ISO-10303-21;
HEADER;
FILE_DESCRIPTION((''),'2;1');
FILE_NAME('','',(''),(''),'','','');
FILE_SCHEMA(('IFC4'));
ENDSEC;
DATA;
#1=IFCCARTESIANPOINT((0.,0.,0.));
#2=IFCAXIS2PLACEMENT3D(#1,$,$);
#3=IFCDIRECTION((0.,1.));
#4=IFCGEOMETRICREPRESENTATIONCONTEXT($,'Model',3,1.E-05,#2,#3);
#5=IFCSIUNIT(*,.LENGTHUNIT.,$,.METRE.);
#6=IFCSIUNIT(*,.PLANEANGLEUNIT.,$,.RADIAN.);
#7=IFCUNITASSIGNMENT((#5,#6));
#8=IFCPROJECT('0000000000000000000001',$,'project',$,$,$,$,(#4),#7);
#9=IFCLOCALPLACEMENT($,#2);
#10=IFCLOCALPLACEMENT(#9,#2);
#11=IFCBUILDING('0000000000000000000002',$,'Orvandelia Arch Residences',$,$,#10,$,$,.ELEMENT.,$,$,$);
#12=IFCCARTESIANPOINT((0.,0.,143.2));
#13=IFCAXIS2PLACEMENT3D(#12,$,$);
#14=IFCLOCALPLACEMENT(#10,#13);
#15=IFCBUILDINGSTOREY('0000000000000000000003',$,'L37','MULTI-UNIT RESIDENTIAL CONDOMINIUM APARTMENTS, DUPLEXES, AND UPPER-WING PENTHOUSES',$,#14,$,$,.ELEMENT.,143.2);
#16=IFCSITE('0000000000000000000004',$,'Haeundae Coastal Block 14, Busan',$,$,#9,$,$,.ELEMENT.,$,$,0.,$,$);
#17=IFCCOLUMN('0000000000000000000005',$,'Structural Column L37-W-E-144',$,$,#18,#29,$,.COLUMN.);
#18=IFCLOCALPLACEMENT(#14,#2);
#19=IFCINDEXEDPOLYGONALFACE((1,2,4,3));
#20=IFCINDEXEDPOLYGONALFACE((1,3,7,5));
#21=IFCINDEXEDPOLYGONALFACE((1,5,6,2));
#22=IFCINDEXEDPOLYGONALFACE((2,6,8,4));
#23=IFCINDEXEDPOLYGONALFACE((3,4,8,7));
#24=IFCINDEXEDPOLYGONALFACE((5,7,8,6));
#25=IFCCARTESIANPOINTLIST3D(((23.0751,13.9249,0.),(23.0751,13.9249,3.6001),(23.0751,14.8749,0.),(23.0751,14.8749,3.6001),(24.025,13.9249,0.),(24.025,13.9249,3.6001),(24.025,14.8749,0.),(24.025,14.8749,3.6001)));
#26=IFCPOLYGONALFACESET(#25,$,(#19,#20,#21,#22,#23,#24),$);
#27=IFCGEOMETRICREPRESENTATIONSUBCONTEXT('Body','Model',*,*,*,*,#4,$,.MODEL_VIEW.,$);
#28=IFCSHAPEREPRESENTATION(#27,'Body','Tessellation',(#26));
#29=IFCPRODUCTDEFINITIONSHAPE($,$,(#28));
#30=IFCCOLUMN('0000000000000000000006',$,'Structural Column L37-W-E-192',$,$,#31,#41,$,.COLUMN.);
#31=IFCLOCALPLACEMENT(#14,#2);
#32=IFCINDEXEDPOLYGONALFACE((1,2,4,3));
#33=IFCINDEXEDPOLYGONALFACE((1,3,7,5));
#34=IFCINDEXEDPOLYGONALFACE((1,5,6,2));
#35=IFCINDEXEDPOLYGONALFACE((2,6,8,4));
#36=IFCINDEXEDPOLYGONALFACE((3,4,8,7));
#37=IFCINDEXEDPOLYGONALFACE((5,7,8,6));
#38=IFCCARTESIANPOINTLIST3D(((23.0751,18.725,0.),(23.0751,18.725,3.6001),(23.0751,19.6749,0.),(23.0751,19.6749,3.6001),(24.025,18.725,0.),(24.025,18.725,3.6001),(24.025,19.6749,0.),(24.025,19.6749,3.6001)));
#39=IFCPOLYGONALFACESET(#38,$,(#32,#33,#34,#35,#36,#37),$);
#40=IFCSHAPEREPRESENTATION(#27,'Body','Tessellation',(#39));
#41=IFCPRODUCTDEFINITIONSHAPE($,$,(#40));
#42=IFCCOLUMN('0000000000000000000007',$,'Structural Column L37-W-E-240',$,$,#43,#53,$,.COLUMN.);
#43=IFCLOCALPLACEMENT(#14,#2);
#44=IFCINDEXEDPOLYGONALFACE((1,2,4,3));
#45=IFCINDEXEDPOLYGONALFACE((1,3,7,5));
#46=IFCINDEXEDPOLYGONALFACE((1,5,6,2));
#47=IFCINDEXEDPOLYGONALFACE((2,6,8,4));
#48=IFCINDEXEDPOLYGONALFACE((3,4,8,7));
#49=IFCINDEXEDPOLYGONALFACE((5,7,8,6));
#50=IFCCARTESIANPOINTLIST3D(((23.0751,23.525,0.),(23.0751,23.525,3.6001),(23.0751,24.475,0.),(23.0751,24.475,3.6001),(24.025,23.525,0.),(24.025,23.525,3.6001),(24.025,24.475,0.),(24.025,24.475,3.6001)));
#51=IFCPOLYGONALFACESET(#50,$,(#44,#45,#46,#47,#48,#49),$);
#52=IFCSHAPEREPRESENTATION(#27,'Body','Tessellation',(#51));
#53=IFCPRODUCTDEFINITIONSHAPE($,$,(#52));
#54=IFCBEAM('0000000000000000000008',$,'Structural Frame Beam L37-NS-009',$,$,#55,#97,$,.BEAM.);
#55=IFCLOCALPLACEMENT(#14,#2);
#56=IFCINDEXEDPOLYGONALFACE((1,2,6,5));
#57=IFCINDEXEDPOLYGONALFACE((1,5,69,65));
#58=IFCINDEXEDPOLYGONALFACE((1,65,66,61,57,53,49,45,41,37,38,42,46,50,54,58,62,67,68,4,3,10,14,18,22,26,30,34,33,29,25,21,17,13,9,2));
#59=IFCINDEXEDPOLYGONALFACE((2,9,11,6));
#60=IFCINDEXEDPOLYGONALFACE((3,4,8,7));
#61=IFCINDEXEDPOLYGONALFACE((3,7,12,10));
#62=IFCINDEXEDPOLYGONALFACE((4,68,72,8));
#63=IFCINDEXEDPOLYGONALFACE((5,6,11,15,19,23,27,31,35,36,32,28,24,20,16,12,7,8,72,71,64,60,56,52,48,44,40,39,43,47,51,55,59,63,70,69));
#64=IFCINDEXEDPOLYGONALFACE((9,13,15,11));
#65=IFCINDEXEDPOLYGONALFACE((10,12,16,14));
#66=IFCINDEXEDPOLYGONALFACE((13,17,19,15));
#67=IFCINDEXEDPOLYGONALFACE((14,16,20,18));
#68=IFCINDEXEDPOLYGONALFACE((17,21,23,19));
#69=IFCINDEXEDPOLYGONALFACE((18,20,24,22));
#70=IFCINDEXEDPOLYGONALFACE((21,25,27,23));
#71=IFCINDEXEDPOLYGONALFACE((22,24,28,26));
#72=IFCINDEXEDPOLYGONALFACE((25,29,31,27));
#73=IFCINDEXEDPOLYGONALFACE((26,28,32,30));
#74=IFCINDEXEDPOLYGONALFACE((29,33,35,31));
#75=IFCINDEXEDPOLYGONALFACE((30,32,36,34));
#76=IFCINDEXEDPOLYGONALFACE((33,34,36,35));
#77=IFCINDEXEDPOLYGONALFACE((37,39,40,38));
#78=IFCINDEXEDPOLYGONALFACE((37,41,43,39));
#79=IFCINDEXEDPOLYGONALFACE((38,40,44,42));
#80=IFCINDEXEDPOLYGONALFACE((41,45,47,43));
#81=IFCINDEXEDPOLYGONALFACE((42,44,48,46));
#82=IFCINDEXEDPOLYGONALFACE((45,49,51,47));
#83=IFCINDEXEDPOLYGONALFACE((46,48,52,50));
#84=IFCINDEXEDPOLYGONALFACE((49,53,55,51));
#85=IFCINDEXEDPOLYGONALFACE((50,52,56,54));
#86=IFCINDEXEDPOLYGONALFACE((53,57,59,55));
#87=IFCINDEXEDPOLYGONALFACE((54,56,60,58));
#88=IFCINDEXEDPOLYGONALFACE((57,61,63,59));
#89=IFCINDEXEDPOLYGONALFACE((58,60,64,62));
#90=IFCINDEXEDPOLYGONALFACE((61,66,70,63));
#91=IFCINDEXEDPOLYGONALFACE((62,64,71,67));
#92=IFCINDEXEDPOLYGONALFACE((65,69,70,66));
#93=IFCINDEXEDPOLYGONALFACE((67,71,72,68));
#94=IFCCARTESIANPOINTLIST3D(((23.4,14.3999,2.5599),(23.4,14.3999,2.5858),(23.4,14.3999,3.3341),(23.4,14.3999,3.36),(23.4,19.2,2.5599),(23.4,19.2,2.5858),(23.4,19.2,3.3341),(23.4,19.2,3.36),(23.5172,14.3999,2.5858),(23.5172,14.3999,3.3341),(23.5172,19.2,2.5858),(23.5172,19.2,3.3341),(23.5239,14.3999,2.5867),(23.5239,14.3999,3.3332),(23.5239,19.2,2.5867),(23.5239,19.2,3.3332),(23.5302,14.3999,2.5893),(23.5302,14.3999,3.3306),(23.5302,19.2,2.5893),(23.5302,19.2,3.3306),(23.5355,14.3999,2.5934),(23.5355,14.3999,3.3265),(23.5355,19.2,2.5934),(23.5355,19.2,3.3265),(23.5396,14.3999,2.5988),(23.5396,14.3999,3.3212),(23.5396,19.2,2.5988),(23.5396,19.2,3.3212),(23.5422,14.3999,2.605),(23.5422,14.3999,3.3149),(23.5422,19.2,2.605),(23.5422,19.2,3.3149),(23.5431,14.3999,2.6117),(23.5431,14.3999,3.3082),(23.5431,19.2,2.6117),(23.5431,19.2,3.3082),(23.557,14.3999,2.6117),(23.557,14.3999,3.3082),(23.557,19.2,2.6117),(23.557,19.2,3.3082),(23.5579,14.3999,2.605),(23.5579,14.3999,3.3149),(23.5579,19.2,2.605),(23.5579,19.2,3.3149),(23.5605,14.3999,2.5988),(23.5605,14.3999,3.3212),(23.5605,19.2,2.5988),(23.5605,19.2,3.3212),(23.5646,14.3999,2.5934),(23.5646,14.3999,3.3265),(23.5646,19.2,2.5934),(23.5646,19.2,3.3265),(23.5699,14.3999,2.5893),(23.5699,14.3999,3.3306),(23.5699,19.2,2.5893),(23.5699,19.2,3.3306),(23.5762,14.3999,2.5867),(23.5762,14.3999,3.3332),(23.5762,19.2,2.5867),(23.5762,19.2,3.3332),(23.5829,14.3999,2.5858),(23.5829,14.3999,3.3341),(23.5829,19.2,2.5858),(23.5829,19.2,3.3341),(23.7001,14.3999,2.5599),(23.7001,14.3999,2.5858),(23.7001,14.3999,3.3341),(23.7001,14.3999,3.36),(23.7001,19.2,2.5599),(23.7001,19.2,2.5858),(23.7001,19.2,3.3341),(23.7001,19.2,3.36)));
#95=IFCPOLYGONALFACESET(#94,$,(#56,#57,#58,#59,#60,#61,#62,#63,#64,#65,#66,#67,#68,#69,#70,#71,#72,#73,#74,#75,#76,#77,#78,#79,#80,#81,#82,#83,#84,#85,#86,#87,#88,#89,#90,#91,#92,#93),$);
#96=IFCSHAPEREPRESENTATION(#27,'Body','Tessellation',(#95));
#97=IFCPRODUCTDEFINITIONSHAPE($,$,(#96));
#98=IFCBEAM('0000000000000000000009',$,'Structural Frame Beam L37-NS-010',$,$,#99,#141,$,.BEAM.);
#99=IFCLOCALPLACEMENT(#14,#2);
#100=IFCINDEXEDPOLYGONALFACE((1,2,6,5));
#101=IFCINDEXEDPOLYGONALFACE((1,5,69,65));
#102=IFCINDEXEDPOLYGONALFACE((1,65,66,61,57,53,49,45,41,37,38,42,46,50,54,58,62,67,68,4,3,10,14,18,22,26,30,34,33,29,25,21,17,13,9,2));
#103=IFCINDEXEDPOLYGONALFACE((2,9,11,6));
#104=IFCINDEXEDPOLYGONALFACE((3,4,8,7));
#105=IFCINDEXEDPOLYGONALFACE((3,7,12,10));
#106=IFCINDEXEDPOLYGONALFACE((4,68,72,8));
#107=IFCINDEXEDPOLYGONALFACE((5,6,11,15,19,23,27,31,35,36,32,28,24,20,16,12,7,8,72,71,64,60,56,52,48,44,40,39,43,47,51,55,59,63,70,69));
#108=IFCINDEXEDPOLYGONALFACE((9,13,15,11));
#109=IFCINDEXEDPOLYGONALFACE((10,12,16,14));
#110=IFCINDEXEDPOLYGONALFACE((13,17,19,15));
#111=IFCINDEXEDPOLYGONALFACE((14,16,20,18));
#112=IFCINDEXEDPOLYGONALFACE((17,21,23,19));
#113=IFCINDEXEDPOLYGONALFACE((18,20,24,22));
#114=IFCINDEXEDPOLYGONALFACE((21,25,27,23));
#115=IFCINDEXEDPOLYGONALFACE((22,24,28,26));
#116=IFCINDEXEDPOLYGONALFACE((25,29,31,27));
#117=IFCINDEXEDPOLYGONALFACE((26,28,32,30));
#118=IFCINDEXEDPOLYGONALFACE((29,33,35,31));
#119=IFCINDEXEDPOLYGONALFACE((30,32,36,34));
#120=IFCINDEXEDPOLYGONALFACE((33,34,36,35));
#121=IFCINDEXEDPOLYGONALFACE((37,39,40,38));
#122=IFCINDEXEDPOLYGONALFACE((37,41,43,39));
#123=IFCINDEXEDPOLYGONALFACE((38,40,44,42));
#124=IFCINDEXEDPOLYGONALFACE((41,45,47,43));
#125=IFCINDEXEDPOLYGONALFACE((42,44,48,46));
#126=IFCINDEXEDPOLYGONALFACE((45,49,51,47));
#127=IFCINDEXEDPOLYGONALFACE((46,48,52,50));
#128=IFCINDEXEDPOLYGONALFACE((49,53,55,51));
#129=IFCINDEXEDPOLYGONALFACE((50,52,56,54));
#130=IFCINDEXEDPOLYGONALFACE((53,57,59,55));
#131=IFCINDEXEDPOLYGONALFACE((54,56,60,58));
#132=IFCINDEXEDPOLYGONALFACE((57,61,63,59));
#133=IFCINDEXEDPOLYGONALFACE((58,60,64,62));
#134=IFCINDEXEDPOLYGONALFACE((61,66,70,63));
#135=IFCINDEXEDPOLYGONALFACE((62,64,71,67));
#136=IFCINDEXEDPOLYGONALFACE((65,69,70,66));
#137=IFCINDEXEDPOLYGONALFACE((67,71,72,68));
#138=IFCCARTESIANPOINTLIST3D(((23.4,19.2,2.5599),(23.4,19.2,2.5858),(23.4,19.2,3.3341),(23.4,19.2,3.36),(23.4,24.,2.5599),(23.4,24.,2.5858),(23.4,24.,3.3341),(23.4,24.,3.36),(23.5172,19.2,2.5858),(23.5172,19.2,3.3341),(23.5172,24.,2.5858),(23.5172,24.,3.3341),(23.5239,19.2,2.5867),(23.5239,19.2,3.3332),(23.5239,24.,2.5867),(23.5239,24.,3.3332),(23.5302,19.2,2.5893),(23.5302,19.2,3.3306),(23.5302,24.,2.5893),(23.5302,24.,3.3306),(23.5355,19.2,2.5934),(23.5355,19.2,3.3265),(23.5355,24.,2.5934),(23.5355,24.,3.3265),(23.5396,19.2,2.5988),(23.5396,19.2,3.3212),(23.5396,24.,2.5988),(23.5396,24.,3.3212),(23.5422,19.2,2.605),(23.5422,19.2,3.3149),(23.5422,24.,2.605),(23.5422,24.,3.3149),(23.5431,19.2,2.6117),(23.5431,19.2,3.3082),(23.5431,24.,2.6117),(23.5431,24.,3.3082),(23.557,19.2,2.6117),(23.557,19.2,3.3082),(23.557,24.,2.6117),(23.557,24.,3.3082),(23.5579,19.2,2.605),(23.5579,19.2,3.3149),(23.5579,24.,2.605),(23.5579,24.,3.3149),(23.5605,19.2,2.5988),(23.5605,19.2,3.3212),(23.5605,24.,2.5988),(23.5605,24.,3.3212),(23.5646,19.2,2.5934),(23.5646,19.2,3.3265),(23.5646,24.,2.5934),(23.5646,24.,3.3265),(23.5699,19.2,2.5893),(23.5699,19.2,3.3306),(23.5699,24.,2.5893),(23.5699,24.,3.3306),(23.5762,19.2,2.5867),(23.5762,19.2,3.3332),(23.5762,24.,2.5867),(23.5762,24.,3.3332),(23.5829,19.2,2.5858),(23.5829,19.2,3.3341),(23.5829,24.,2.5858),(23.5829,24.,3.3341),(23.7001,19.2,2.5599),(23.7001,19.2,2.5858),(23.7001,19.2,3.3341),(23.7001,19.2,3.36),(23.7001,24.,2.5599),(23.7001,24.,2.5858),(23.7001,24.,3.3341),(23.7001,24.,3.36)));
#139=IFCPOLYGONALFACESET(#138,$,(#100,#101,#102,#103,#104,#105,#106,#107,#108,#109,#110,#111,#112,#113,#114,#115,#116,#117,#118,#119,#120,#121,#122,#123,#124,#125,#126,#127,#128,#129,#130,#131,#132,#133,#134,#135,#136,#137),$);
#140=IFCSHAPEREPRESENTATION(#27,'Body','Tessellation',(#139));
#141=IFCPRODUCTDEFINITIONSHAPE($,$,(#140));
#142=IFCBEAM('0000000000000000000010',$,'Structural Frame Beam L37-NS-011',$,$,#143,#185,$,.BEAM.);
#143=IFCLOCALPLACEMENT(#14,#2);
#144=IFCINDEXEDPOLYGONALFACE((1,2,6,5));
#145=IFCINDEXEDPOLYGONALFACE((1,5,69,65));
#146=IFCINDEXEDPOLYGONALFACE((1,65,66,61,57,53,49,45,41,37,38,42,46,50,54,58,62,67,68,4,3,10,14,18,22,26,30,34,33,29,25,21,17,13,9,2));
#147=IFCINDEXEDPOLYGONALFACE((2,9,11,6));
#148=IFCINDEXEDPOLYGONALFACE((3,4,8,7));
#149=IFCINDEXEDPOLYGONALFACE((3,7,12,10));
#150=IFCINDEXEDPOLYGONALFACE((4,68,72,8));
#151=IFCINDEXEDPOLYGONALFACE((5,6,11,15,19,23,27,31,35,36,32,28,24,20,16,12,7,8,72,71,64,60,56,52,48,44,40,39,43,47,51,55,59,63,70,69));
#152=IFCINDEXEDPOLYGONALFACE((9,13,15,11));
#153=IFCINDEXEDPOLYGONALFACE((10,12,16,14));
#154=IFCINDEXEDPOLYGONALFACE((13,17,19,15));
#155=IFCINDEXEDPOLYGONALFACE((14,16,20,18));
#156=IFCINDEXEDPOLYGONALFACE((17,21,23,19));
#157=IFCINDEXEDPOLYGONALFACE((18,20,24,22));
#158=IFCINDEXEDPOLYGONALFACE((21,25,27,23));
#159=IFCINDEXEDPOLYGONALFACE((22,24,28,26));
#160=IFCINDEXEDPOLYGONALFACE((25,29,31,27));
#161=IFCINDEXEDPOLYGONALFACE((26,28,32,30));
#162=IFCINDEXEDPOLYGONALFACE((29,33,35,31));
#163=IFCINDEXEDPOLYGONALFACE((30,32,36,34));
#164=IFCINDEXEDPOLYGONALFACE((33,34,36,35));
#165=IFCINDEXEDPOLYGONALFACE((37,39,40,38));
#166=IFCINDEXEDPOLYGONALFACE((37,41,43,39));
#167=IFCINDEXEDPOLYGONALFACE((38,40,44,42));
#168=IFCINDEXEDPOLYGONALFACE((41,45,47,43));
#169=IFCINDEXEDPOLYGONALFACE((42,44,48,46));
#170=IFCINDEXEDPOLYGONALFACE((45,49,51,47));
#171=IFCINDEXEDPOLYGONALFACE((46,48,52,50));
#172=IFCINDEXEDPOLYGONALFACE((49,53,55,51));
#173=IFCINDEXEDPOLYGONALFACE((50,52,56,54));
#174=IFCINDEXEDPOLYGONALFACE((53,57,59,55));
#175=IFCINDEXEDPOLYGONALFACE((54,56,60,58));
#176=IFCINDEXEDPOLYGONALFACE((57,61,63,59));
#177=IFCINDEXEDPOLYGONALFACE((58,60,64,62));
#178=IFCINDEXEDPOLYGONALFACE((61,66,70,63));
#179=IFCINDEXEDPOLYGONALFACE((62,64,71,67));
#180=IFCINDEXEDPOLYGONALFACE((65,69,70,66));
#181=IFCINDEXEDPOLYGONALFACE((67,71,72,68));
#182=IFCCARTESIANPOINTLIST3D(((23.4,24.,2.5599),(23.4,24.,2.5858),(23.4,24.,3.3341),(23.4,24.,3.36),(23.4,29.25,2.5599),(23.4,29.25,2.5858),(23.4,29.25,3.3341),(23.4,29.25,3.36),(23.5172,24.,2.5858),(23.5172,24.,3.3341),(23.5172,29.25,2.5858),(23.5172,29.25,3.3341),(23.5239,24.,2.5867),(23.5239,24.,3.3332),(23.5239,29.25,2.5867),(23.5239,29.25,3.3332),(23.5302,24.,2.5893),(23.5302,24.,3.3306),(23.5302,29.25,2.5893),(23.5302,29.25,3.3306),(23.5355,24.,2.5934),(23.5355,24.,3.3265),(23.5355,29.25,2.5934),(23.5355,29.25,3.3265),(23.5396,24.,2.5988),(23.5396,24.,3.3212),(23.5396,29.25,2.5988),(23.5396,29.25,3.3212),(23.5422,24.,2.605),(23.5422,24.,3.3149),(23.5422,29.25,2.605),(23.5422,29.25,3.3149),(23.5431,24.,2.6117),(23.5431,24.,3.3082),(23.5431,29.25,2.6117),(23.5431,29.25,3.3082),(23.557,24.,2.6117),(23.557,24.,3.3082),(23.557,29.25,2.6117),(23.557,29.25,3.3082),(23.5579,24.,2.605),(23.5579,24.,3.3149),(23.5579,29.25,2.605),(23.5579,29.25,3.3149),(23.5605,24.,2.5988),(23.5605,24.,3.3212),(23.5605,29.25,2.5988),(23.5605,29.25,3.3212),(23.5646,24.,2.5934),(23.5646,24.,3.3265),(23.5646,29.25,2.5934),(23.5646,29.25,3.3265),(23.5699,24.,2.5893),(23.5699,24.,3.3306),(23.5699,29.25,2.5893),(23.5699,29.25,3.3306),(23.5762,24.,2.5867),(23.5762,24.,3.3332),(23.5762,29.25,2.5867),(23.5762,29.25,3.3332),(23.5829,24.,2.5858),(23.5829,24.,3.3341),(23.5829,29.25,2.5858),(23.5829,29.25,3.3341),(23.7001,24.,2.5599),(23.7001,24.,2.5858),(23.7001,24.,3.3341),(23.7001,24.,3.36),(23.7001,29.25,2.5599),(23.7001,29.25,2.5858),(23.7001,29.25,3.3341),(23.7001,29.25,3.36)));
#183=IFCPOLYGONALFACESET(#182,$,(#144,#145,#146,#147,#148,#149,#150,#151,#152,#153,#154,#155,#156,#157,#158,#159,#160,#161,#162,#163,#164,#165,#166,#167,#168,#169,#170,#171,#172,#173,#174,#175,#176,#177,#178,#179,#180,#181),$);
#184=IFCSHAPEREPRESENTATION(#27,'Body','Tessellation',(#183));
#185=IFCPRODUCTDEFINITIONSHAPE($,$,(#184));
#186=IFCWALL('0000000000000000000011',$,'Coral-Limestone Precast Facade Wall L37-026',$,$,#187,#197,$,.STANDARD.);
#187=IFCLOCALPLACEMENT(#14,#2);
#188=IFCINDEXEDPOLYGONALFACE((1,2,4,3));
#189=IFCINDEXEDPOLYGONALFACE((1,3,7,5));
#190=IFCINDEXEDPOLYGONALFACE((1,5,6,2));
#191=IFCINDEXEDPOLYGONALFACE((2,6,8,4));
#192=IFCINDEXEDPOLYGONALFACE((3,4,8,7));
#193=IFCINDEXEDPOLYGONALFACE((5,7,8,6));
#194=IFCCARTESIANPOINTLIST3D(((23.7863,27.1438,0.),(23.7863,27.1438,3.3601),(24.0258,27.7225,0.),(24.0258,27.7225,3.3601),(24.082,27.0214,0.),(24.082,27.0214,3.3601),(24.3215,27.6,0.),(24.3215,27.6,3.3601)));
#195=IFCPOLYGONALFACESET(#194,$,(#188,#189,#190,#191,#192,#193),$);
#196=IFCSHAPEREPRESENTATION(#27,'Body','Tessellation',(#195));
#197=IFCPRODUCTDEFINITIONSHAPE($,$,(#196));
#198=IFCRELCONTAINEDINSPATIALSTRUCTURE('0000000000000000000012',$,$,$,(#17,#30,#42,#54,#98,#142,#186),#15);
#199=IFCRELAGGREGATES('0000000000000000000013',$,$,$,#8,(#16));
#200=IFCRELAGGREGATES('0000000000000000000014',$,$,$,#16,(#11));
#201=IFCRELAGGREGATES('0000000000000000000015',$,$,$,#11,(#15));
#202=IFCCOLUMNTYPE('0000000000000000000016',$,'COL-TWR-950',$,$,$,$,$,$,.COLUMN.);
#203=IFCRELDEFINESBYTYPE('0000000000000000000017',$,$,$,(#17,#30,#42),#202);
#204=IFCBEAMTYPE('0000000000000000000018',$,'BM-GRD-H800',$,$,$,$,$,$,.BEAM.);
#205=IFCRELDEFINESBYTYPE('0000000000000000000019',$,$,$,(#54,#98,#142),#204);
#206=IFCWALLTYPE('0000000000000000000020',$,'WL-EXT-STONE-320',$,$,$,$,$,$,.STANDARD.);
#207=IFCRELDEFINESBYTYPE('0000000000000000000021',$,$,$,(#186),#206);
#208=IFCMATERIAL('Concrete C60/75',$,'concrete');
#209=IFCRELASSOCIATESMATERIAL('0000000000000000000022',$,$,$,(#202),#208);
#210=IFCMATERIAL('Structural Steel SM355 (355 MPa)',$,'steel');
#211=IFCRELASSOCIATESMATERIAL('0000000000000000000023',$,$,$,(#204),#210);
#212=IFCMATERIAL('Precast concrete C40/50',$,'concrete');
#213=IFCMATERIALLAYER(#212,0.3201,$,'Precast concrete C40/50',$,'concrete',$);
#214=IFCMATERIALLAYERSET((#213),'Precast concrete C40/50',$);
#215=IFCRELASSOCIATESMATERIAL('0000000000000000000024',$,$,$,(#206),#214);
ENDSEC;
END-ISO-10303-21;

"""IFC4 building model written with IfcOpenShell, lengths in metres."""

from ifc_helpers import new_model, si_unit, direction, frame, frame_2d, origin, origin_2d, place, context, subcontext, project, spatial, rectangle, i_section, extrude, material, layer, layer_set, material_profile, profile_set, type_object, element, save


model = new_model("IFC4")

# Units and contexts
model_context = context("Model", 3, precision=1e-05, world=origin(), true_north=direction((0.0, 1.0)))
body_context = subcontext(model_context, "Body", "Model", "MODEL_VIEW")
ifc_project = project(units=[si_unit("LENGTHUNIT", "METRE"), si_unit("PLANEANGLEUNIT", "RADIAN")], contexts=[model_context])

# Site, building, storey
site_placement = place(None, origin())
site = spatial("IfcSite", under=ifc_project, at=site_placement, Name="Haeundae Coastal Block 14, Busan", CompositionType="ELEMENT", RefElevation=0.0)
building_placement = place(site_placement, origin())
building = spatial("IfcBuilding", under=site, at=building_placement, Name="Orvandelia Arch Residences", CompositionType="ELEMENT")
storey_placement = place(building_placement, frame((0.0, 0.0, 143.2)))
storey = spatial("IfcBuildingStorey", under=building, at=storey_placement, Name="L37", Description="MULTI-UNIT RESIDENTIAL CONDOMINIUM APARTMENTS, DUPLEXES, AND UPPER-WING PENTHOUSES", CompositionType="ELEMENT", Elevation=143.2)

# Columns
ifc_material_1 = material(Name="Concrete C60/75", Category="concrete")
ifc_material_profile_1 = material_profile(ifc_material_1, rectangle(XDim=0.95, YDim=0.95, at=origin_2d()), Name="Concrete C60/75", Category="concrete")
ifc_profile_set_1 = profile_set([ifc_material_profile_1], Name="Concrete C60/75")
column_type = type_object("IfcColumnType", Name="COL-TWR-950", PredefinedType="COLUMN", material=ifc_profile_set_1)
for number, where, z_axis, x_axis, name in (
    (1, (23.55, 14.3999, 0.0), (0.0, 0.0, 1.0), (1.0, 0.0, 0.0), "Structural Column L37-W-E-144"),
    (2, (23.55, 19.2, 0.0), (0.0, 0.0, 1.0), (1.0, 0.0, 0.0), "Structural Column L37-W-E-192"),
    (3, (23.55, 24.0, 0.0), (0.0, 0.0, 1.0), (1.0, 0.0, 0.0), "Structural Column L37-W-E-240"),
):
    element("IfcColumn", number, at=place(storey_placement, frame(where, z_axis=z_axis, x_axis=x_axis)), inside=storey, type_object=column_type, Name=name, PredefinedType="COLUMN", context=body_context, shape_type="SweptSolid", body=[
        extrude(rectangle(XDim=0.95, YDim=0.95, at=origin_2d()), origin(), (0.0, 0.0, 1.0), 3.6001),
    ])

# Beams
ifc_material_2 = material(Name="Structural Steel SM355 (355 MPa)", Category="steel")
ifc_material_profile_2 = material_profile(ifc_material_2, i_section(OverallWidth=0.3, OverallDepth=0.8, WebThickness=0.0139, FlangeThickness=0.0259, FilletRadius=0.0259, at=origin_2d()), Name="Structural Steel SM355 (355 MPa)", Category="steel")
ifc_profile_set_2 = profile_set([ifc_material_profile_2], Name="Structural Steel SM355 (355 MPa)")
beam_type = type_object("IfcBeamType", Name="BM-GRD-H800", PredefinedType="BEAM", material=ifc_profile_set_2)
for number, where, z_axis, x_axis, name in (
    (4, (23.55, 14.3999, 2.96), (0.0, 1.0, 0.0), (-1.0, 0.0, 0.0), "Structural Frame Beam L37-NS-009"),
    (5, (23.55, 19.2, 2.96), (0.0, 1.0, 0.0), (-1.0, 0.0, 0.0), "Structural Frame Beam L37-NS-010"),
):
    element("IfcBeam", number, at=place(storey_placement, frame(where, z_axis=z_axis, x_axis=x_axis)), inside=storey, type_object=beam_type, Name=name, PredefinedType="BEAM", context=body_context, shape_type="SweptSolid", body=[
        extrude(i_section(OverallWidth=0.3, OverallDepth=0.8, WebThickness=0.0139, FlangeThickness=0.0259, FilletRadius=0.0259, at=origin_2d()), origin(), (0.0, 0.0, 1.0), 4.8),
    ])
beam_placement = place(storey_placement, frame((23.55, 24.0, 2.96), z_axis=(0.0, 1.0, 0.0), x_axis=(-1.0, 0.0, 0.0)))
element("IfcBeam", 6, at=beam_placement, inside=storey, type_object=beam_type, Name="Structural Frame Beam L37-NS-011", PredefinedType="BEAM", context=body_context, shape_type="SweptSolid", body=[
    extrude(i_section(OverallWidth=0.3, OverallDepth=0.8, WebThickness=0.0139, FlangeThickness=0.0259, FilletRadius=0.0259, at=origin_2d()), origin(), (0.0, 0.0, 1.0), 5.25),
])

# Wall
ifc_material_3 = material(Name="Precast concrete C40/50", Category="concrete")
ifc_layer = layer(ifc_material_3, 0.3201, Name="Precast concrete C40/50", Category="concrete")
ifc_layer_set = layer_set([ifc_layer], Name="Precast concrete C40/50")
wall_type = type_object("IfcWallType", Name="WL-EXT-STONE-320", PredefinedType="STANDARD", material=ifc_layer_set)
wall_1_placement = place(storey_placement, frame((24.1736, 27.6611, 0.0), z_axis=(0.0, 0.0, 1.0), x_axis=(-0.382455, -0.923974, 0.0)))
element("IfcWall", 7, at=wall_1_placement, inside=storey, type_object=wall_type, Name="Coral-Limestone Precast Facade Wall L37-026", PredefinedType="STANDARD", context=body_context, shape_type="SweptSolid", body=[
    extrude(rectangle(XDim=0.6262, YDim=0.3201, at=frame_2d((0.313, 0.0))), origin(), (0.0, 0.0, 1.0), 3.3601),
])

save(model, "model.ifc")
